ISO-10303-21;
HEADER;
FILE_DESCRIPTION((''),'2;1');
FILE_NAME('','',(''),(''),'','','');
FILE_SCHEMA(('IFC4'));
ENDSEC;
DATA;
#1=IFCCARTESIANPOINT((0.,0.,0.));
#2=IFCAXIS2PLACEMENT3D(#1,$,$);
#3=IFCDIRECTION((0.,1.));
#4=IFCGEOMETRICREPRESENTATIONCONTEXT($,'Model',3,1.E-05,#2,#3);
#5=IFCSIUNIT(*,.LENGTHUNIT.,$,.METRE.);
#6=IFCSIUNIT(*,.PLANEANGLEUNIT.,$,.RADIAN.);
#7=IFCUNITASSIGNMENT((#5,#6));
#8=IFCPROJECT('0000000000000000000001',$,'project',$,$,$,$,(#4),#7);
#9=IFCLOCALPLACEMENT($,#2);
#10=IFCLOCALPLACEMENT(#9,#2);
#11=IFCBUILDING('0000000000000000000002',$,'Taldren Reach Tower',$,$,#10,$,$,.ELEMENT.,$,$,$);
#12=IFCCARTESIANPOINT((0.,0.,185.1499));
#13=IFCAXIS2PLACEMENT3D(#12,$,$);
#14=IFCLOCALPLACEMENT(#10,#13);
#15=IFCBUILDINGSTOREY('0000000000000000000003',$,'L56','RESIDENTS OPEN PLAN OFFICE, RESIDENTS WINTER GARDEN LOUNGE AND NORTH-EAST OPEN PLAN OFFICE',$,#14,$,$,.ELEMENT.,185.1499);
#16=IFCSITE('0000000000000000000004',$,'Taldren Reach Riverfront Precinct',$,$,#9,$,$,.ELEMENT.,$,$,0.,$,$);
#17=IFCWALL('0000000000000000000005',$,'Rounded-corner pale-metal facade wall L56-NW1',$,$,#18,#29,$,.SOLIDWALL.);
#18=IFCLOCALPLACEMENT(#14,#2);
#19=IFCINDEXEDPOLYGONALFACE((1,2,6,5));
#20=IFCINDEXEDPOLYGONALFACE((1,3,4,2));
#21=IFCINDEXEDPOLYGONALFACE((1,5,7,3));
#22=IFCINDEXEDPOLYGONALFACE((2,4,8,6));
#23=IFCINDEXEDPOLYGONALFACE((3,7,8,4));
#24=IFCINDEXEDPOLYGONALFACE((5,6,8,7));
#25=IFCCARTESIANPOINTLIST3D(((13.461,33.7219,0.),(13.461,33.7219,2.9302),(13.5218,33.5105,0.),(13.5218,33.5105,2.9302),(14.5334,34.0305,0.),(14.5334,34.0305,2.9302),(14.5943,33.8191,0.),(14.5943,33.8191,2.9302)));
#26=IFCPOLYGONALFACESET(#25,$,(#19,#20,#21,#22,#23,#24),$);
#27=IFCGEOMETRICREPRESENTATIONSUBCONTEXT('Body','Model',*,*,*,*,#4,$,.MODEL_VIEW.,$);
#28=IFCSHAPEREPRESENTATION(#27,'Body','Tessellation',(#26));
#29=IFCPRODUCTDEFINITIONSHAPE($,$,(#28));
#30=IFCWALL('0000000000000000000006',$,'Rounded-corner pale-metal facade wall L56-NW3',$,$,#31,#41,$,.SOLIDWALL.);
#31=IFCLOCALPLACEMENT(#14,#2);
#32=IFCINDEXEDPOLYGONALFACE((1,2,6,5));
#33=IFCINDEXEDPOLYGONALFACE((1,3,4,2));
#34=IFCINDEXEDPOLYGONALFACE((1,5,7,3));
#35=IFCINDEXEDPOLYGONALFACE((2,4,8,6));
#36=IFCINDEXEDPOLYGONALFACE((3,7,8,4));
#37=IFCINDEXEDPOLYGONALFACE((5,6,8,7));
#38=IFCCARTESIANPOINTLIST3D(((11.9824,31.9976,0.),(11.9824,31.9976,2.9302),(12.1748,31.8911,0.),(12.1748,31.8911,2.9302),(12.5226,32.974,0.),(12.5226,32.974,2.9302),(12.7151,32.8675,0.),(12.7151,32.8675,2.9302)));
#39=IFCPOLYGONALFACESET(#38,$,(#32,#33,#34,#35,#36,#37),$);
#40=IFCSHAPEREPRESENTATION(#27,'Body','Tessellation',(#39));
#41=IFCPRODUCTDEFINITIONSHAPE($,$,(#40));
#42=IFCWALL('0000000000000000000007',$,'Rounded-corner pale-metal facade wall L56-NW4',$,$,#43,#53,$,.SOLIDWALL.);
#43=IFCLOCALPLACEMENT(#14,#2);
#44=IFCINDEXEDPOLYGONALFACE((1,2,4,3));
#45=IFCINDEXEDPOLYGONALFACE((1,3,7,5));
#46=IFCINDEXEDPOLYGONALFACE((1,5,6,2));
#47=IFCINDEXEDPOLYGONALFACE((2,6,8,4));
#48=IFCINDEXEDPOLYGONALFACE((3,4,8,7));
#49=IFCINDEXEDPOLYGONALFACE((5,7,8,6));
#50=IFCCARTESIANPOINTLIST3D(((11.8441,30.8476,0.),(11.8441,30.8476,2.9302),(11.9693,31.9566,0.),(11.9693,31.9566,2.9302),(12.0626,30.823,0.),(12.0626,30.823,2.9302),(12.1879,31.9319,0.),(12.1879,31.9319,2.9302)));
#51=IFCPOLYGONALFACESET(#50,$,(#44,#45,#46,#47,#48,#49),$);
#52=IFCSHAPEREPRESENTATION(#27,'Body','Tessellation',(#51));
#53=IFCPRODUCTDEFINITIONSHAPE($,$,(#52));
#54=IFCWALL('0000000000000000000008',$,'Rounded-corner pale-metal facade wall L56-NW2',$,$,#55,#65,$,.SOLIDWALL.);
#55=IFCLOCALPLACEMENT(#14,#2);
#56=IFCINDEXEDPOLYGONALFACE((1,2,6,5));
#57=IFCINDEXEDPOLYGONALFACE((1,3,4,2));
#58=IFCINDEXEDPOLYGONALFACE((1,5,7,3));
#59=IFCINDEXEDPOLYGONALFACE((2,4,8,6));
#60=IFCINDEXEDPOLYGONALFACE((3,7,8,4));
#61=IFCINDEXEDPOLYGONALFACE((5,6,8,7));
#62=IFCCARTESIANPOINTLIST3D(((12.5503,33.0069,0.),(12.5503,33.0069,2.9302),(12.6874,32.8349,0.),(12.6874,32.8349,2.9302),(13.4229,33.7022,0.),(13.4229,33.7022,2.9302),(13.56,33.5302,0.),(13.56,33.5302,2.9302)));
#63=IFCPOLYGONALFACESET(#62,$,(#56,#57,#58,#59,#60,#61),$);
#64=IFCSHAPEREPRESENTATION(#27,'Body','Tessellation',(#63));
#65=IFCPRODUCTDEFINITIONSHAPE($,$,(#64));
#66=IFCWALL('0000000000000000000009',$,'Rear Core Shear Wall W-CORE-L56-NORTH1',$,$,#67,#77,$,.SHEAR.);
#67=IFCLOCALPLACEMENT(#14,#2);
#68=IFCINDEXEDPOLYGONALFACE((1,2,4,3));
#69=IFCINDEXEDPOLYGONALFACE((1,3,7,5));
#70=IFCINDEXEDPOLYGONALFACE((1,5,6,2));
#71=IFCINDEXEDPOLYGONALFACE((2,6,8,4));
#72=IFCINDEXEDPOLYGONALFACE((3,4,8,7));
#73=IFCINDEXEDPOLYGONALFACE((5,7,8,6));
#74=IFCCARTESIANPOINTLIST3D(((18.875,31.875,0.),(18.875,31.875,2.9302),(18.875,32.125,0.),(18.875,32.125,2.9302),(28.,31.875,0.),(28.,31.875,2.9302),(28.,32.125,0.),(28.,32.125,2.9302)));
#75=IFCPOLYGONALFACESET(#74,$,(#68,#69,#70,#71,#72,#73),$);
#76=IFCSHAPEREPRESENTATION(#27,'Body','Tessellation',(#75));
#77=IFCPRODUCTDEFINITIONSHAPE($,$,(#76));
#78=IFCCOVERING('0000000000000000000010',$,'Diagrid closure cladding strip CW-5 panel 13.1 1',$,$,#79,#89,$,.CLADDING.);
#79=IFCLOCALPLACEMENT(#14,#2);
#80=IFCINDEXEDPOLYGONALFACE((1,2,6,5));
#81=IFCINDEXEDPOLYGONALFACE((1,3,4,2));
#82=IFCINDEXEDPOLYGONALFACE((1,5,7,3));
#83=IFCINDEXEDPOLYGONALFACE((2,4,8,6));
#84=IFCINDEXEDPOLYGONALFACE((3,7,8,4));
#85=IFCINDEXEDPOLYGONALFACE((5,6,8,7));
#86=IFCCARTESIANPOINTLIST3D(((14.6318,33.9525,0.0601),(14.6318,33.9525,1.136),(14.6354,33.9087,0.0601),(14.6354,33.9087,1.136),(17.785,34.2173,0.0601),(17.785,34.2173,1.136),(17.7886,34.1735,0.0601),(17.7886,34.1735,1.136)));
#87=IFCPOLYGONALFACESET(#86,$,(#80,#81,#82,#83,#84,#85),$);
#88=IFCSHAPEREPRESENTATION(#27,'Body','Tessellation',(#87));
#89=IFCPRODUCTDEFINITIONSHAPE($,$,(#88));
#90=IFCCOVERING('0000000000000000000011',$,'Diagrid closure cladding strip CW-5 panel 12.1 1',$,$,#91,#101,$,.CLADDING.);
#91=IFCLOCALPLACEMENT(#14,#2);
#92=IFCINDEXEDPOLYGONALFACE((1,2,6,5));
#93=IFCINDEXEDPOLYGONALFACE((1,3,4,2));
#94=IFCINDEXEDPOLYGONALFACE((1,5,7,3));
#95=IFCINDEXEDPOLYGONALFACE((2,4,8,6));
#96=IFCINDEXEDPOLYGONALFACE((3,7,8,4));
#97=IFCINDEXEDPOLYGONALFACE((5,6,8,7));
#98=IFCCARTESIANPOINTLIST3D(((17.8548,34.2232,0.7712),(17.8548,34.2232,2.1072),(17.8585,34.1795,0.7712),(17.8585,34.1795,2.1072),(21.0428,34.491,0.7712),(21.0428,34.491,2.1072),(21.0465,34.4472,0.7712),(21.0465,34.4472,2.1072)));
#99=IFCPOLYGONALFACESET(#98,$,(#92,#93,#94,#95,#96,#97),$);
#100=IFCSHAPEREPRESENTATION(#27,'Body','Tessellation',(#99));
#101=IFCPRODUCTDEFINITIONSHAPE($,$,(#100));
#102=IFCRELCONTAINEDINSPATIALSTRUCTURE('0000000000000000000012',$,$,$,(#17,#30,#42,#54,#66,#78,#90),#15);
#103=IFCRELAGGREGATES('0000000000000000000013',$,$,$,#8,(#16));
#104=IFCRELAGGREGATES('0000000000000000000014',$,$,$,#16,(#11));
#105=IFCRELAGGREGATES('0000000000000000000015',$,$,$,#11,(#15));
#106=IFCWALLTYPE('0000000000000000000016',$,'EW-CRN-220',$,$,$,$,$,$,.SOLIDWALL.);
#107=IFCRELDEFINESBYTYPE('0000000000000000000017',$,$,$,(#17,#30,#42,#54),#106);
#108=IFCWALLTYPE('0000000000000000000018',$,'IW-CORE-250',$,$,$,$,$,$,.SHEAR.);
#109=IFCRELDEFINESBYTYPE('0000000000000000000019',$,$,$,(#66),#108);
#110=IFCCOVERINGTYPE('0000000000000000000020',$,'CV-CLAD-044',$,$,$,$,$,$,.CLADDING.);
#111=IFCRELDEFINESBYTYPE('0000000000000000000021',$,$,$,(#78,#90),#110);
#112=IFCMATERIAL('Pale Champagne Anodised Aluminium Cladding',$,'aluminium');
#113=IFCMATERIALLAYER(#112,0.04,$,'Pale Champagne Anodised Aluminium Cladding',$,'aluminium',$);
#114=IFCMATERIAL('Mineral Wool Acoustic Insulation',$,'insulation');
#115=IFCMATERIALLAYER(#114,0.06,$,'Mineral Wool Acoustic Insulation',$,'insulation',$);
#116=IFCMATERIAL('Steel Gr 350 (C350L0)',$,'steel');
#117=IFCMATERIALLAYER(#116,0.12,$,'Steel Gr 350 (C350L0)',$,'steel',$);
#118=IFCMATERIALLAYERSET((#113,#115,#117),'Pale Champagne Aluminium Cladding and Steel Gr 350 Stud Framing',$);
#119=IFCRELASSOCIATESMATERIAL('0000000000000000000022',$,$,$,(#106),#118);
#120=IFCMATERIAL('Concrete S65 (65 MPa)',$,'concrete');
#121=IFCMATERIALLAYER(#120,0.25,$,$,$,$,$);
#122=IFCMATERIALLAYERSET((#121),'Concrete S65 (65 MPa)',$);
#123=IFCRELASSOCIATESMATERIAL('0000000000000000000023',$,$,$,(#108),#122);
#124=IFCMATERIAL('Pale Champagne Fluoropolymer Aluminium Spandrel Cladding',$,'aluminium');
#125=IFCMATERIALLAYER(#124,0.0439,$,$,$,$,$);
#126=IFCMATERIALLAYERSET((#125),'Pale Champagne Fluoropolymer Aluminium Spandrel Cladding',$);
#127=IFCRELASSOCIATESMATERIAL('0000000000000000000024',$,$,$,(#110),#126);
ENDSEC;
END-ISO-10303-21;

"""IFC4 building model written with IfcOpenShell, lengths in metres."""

from ifc_helpers import new_model, si_unit, direction, frame, frame_2d, origin, origin_2d, place, context, subcontext, project, spatial, rectangle, extrude, source, transform, mapped, material, layer, layer_set, type_object, element, save


model = new_model("IFC4")

# Units and contexts
model_context = context("Model", 3, precision=1e-05, world=origin(), true_north=direction((0.0, 1.0)))
body_context = subcontext(model_context, "Body", "Model", "MODEL_VIEW")
ifc_project = project(units=[si_unit("LENGTHUNIT", "METRE"), si_unit("PLANEANGLEUNIT", "RADIAN")], contexts=[model_context])

# Site, building, storey
site_placement = place(None, origin())
site = spatial("IfcSite", under=ifc_project, at=site_placement, Name="Taldren Reach Riverfront Precinct", CompositionType="ELEMENT", RefElevation=0.0)
building_placement = place(site_placement, origin())
building = spatial("IfcBuilding", under=site, at=building_placement, Name="Taldren Reach Tower", CompositionType="ELEMENT")
storey_placement = place(building_placement, frame((0.0, 0.0, 185.1499)))
storey = spatial("IfcBuildingStorey", under=building, at=storey_placement, Name="L56", Description="RESIDENTS OPEN PLAN OFFICE, RESIDENTS WINTER GARDEN LOUNGE AND NORTH-EAST OPEN PLAN OFFICE", CompositionType="ELEMENT", Elevation=185.1499)

# Shared definitions
ifc_material_1 = material(Name="Steel Gr 350 (C350L0)", Category="steel")

# Walls
ifc_material_2 = material(Name="Pale Champagne Anodised Aluminium Cladding", Category="aluminium")
ifc_layer_1 = layer(ifc_material_2, 0.04, Name="Pale Champagne Anodised Aluminium Cladding", Category="aluminium")
ifc_material_3 = material(Name="Mineral Wool Acoustic Insulation", Category="insulation")
ifc_layer_2 = layer(ifc_material_3, 0.06, Name="Mineral Wool Acoustic Insulation", Category="insulation")
ifc_layer_3 = layer(ifc_material_1, 0.12, Name="Steel Gr 350 (C350L0)", Category="steel")
ifc_layer_set_1 = layer_set([ifc_layer_1, ifc_layer_2, ifc_layer_3], Name="Pale Champagne Aluminium Cladding and Steel Gr 350 Stud Framing")
wall_type_1 = type_object("IfcWallType", Name="EW-CRN-220", PredefinedType="SOLIDWALL", material=ifc_layer_set_1)
shared_shape_1 = source(origin(), body_context, "Body", "SweptSolid", [
    extrude(rectangle(XDim=1.116, YDim=0.22, at=frame_2d((0.5581, 0.0))), origin(), (0.0, 0.0, 1.0), 2.9302),
])
for number, where, z_axis, x_axis, name in (
    (1, (14.564, 33.9248, 0.0), (0.0, 0.0, 1.0), (-0.96101, -0.276512, 0.0), "Rounded-corner pale-metal facade wall L56-NW1"),
    (2, (12.6189, 32.9209, 0.0), (0.0, 0.0, 1.0), (-0.484101, -0.875012, 0.0), "Rounded-corner pale-metal facade wall L56-NW3"),
    (3, (12.0786, 31.9443, 0.0), (0.0, 0.0, 1.0), (-0.112232, -0.993682, 0.0), "Rounded-corner pale-metal facade wall L56-NW4"),
):
    element("IfcWall", number, at=place(storey_placement, frame(where, z_axis=z_axis, x_axis=x_axis)), inside=storey, type_object=wall_type_1, Name=name, PredefinedType="SOLIDWALL", context=body_context, shape_type="MappedRepresentation", body=[
        mapped(shared_shape_1, transform((0.0, 0.0, 0.0), scale=1.0)),
    ])
shared_shape_2 = source(origin(), body_context, "Body", "SweptSolid", [
    extrude(rectangle(XDim=1.1157, YDim=0.22, at=frame_2d((0.5579, 0.0))), origin(), (0.0, 0.0, 1.0), 2.9302),
])
wall_1_placement = place(storey_placement, frame((13.4915, 33.6162, 0.0), z_axis=(0.0, 0.0, 1.0), x_axis=(-0.782063, -0.6232, 0.0)))
element("IfcWall", 4, at=wall_1_placement, inside=storey, type_object=wall_type_1, Name="Rounded-corner pale-metal facade wall L56-NW2", PredefinedType="SOLIDWALL", context=body_context, shape_type="MappedRepresentation", body=[
    mapped(shared_shape_2, transform((0.0, 0.0, 0.0), scale=1.0)),
])
ifc_material_4 = material(Name="Concrete S65 (65 MPa)", Category="concrete")
ifc_layer_4 = layer(ifc_material_4, 0.25)
ifc_layer_set_2 = layer_set([ifc_layer_4], Name="Concrete S65 (65 MPa)")
wall_type_2 = type_object("IfcWallType", Name="IW-CORE-250", PredefinedType="SHEAR", material=ifc_layer_set_2)
shared_shape_3 = source(origin(), body_context, "Body", "SweptSolid", [
    extrude(rectangle(XDim=9.125, YDim=0.25, at=frame_2d((4.5625, 0.0))), origin(), (0.0, 0.0, 1.0), 2.9302),
])
wall_2_placement = place(storey_placement, frame((18.875, 32.0, 0.0), z_axis=(0.0, 0.0, 1.0), x_axis=(1.0, 0.0, 0.0)))
element("IfcWall", 5, at=wall_2_placement, inside=storey, type_object=wall_type_2, Name="Rear Core Shear Wall W-CORE-L56-NORTH1", PredefinedType="SHEAR", context=body_context, shape_type="MappedRepresentation", body=[
    mapped(shared_shape_3, transform((0.0, 0.0, 0.0), scale=1.0)),
])

# Coverings
ifc_material_5 = material(Name="Pale Champagne Fluoropolymer Aluminium Spandrel Cladding", Category="aluminium")
ifc_layer_5 = layer(ifc_material_5, 0.0439)
ifc_layer_set_3 = layer_set([ifc_layer_5], Name="Pale Champagne Fluoropolymer Aluminium Spandrel Cladding")
covering_type = type_object("IfcCoveringType", Name="CV-CLAD-044", PredefinedType="CLADDING", material=ifc_layer_set_3)
shared_shape_4 = source(origin(), body_context, "Body", "SweptSolid", [
    extrude(rectangle(XDim=3.1643, YDim=0.0439, at=origin_2d()), origin(), (0.0, 0.0, 1.0), 1.0759),
])
covering_1_placement = place(storey_placement, frame((16.2102, 34.063, 0.0601), z_axis=(0.0, 0.0, 1.0), x_axis=(-0.996493, -0.083678, 0.0)))
element("IfcCovering", 6, at=covering_1_placement, inside=storey, type_object=covering_type, Name="Diagrid closure cladding strip CW-5 panel 13.1 1", PredefinedType="CLADDING", context=body_context, shape_type="MappedRepresentation", body=[
    mapped(shared_shape_4, transform((0.0, 0.0, 0.0), scale=1.0)),
])
shared_shape_5 = source(origin(), body_context, "Body", "SweptSolid", [
    extrude(rectangle(XDim=3.1992, YDim=0.0439, at=origin_2d()), origin(), (0.0, 0.0, 1.0), 1.3359),
])
covering_2_placement = place(storey_placement, frame((19.4507, 34.3352, 0.7712), z_axis=(0.0, 0.0, 1.0), x_axis=(-0.996493, -0.083678, 0.0)))
element("IfcCovering", 7, at=covering_2_placement, inside=storey, type_object=covering_type, Name="Diagrid closure cladding strip CW-5 panel 12.1 1", PredefinedType="CLADDING", context=body_context, shape_type="MappedRepresentation", body=[
    mapped(shared_shape_5, transform((0.0, 0.0, 0.0), scale=1.0)),
])

save(model, "model.ifc")
